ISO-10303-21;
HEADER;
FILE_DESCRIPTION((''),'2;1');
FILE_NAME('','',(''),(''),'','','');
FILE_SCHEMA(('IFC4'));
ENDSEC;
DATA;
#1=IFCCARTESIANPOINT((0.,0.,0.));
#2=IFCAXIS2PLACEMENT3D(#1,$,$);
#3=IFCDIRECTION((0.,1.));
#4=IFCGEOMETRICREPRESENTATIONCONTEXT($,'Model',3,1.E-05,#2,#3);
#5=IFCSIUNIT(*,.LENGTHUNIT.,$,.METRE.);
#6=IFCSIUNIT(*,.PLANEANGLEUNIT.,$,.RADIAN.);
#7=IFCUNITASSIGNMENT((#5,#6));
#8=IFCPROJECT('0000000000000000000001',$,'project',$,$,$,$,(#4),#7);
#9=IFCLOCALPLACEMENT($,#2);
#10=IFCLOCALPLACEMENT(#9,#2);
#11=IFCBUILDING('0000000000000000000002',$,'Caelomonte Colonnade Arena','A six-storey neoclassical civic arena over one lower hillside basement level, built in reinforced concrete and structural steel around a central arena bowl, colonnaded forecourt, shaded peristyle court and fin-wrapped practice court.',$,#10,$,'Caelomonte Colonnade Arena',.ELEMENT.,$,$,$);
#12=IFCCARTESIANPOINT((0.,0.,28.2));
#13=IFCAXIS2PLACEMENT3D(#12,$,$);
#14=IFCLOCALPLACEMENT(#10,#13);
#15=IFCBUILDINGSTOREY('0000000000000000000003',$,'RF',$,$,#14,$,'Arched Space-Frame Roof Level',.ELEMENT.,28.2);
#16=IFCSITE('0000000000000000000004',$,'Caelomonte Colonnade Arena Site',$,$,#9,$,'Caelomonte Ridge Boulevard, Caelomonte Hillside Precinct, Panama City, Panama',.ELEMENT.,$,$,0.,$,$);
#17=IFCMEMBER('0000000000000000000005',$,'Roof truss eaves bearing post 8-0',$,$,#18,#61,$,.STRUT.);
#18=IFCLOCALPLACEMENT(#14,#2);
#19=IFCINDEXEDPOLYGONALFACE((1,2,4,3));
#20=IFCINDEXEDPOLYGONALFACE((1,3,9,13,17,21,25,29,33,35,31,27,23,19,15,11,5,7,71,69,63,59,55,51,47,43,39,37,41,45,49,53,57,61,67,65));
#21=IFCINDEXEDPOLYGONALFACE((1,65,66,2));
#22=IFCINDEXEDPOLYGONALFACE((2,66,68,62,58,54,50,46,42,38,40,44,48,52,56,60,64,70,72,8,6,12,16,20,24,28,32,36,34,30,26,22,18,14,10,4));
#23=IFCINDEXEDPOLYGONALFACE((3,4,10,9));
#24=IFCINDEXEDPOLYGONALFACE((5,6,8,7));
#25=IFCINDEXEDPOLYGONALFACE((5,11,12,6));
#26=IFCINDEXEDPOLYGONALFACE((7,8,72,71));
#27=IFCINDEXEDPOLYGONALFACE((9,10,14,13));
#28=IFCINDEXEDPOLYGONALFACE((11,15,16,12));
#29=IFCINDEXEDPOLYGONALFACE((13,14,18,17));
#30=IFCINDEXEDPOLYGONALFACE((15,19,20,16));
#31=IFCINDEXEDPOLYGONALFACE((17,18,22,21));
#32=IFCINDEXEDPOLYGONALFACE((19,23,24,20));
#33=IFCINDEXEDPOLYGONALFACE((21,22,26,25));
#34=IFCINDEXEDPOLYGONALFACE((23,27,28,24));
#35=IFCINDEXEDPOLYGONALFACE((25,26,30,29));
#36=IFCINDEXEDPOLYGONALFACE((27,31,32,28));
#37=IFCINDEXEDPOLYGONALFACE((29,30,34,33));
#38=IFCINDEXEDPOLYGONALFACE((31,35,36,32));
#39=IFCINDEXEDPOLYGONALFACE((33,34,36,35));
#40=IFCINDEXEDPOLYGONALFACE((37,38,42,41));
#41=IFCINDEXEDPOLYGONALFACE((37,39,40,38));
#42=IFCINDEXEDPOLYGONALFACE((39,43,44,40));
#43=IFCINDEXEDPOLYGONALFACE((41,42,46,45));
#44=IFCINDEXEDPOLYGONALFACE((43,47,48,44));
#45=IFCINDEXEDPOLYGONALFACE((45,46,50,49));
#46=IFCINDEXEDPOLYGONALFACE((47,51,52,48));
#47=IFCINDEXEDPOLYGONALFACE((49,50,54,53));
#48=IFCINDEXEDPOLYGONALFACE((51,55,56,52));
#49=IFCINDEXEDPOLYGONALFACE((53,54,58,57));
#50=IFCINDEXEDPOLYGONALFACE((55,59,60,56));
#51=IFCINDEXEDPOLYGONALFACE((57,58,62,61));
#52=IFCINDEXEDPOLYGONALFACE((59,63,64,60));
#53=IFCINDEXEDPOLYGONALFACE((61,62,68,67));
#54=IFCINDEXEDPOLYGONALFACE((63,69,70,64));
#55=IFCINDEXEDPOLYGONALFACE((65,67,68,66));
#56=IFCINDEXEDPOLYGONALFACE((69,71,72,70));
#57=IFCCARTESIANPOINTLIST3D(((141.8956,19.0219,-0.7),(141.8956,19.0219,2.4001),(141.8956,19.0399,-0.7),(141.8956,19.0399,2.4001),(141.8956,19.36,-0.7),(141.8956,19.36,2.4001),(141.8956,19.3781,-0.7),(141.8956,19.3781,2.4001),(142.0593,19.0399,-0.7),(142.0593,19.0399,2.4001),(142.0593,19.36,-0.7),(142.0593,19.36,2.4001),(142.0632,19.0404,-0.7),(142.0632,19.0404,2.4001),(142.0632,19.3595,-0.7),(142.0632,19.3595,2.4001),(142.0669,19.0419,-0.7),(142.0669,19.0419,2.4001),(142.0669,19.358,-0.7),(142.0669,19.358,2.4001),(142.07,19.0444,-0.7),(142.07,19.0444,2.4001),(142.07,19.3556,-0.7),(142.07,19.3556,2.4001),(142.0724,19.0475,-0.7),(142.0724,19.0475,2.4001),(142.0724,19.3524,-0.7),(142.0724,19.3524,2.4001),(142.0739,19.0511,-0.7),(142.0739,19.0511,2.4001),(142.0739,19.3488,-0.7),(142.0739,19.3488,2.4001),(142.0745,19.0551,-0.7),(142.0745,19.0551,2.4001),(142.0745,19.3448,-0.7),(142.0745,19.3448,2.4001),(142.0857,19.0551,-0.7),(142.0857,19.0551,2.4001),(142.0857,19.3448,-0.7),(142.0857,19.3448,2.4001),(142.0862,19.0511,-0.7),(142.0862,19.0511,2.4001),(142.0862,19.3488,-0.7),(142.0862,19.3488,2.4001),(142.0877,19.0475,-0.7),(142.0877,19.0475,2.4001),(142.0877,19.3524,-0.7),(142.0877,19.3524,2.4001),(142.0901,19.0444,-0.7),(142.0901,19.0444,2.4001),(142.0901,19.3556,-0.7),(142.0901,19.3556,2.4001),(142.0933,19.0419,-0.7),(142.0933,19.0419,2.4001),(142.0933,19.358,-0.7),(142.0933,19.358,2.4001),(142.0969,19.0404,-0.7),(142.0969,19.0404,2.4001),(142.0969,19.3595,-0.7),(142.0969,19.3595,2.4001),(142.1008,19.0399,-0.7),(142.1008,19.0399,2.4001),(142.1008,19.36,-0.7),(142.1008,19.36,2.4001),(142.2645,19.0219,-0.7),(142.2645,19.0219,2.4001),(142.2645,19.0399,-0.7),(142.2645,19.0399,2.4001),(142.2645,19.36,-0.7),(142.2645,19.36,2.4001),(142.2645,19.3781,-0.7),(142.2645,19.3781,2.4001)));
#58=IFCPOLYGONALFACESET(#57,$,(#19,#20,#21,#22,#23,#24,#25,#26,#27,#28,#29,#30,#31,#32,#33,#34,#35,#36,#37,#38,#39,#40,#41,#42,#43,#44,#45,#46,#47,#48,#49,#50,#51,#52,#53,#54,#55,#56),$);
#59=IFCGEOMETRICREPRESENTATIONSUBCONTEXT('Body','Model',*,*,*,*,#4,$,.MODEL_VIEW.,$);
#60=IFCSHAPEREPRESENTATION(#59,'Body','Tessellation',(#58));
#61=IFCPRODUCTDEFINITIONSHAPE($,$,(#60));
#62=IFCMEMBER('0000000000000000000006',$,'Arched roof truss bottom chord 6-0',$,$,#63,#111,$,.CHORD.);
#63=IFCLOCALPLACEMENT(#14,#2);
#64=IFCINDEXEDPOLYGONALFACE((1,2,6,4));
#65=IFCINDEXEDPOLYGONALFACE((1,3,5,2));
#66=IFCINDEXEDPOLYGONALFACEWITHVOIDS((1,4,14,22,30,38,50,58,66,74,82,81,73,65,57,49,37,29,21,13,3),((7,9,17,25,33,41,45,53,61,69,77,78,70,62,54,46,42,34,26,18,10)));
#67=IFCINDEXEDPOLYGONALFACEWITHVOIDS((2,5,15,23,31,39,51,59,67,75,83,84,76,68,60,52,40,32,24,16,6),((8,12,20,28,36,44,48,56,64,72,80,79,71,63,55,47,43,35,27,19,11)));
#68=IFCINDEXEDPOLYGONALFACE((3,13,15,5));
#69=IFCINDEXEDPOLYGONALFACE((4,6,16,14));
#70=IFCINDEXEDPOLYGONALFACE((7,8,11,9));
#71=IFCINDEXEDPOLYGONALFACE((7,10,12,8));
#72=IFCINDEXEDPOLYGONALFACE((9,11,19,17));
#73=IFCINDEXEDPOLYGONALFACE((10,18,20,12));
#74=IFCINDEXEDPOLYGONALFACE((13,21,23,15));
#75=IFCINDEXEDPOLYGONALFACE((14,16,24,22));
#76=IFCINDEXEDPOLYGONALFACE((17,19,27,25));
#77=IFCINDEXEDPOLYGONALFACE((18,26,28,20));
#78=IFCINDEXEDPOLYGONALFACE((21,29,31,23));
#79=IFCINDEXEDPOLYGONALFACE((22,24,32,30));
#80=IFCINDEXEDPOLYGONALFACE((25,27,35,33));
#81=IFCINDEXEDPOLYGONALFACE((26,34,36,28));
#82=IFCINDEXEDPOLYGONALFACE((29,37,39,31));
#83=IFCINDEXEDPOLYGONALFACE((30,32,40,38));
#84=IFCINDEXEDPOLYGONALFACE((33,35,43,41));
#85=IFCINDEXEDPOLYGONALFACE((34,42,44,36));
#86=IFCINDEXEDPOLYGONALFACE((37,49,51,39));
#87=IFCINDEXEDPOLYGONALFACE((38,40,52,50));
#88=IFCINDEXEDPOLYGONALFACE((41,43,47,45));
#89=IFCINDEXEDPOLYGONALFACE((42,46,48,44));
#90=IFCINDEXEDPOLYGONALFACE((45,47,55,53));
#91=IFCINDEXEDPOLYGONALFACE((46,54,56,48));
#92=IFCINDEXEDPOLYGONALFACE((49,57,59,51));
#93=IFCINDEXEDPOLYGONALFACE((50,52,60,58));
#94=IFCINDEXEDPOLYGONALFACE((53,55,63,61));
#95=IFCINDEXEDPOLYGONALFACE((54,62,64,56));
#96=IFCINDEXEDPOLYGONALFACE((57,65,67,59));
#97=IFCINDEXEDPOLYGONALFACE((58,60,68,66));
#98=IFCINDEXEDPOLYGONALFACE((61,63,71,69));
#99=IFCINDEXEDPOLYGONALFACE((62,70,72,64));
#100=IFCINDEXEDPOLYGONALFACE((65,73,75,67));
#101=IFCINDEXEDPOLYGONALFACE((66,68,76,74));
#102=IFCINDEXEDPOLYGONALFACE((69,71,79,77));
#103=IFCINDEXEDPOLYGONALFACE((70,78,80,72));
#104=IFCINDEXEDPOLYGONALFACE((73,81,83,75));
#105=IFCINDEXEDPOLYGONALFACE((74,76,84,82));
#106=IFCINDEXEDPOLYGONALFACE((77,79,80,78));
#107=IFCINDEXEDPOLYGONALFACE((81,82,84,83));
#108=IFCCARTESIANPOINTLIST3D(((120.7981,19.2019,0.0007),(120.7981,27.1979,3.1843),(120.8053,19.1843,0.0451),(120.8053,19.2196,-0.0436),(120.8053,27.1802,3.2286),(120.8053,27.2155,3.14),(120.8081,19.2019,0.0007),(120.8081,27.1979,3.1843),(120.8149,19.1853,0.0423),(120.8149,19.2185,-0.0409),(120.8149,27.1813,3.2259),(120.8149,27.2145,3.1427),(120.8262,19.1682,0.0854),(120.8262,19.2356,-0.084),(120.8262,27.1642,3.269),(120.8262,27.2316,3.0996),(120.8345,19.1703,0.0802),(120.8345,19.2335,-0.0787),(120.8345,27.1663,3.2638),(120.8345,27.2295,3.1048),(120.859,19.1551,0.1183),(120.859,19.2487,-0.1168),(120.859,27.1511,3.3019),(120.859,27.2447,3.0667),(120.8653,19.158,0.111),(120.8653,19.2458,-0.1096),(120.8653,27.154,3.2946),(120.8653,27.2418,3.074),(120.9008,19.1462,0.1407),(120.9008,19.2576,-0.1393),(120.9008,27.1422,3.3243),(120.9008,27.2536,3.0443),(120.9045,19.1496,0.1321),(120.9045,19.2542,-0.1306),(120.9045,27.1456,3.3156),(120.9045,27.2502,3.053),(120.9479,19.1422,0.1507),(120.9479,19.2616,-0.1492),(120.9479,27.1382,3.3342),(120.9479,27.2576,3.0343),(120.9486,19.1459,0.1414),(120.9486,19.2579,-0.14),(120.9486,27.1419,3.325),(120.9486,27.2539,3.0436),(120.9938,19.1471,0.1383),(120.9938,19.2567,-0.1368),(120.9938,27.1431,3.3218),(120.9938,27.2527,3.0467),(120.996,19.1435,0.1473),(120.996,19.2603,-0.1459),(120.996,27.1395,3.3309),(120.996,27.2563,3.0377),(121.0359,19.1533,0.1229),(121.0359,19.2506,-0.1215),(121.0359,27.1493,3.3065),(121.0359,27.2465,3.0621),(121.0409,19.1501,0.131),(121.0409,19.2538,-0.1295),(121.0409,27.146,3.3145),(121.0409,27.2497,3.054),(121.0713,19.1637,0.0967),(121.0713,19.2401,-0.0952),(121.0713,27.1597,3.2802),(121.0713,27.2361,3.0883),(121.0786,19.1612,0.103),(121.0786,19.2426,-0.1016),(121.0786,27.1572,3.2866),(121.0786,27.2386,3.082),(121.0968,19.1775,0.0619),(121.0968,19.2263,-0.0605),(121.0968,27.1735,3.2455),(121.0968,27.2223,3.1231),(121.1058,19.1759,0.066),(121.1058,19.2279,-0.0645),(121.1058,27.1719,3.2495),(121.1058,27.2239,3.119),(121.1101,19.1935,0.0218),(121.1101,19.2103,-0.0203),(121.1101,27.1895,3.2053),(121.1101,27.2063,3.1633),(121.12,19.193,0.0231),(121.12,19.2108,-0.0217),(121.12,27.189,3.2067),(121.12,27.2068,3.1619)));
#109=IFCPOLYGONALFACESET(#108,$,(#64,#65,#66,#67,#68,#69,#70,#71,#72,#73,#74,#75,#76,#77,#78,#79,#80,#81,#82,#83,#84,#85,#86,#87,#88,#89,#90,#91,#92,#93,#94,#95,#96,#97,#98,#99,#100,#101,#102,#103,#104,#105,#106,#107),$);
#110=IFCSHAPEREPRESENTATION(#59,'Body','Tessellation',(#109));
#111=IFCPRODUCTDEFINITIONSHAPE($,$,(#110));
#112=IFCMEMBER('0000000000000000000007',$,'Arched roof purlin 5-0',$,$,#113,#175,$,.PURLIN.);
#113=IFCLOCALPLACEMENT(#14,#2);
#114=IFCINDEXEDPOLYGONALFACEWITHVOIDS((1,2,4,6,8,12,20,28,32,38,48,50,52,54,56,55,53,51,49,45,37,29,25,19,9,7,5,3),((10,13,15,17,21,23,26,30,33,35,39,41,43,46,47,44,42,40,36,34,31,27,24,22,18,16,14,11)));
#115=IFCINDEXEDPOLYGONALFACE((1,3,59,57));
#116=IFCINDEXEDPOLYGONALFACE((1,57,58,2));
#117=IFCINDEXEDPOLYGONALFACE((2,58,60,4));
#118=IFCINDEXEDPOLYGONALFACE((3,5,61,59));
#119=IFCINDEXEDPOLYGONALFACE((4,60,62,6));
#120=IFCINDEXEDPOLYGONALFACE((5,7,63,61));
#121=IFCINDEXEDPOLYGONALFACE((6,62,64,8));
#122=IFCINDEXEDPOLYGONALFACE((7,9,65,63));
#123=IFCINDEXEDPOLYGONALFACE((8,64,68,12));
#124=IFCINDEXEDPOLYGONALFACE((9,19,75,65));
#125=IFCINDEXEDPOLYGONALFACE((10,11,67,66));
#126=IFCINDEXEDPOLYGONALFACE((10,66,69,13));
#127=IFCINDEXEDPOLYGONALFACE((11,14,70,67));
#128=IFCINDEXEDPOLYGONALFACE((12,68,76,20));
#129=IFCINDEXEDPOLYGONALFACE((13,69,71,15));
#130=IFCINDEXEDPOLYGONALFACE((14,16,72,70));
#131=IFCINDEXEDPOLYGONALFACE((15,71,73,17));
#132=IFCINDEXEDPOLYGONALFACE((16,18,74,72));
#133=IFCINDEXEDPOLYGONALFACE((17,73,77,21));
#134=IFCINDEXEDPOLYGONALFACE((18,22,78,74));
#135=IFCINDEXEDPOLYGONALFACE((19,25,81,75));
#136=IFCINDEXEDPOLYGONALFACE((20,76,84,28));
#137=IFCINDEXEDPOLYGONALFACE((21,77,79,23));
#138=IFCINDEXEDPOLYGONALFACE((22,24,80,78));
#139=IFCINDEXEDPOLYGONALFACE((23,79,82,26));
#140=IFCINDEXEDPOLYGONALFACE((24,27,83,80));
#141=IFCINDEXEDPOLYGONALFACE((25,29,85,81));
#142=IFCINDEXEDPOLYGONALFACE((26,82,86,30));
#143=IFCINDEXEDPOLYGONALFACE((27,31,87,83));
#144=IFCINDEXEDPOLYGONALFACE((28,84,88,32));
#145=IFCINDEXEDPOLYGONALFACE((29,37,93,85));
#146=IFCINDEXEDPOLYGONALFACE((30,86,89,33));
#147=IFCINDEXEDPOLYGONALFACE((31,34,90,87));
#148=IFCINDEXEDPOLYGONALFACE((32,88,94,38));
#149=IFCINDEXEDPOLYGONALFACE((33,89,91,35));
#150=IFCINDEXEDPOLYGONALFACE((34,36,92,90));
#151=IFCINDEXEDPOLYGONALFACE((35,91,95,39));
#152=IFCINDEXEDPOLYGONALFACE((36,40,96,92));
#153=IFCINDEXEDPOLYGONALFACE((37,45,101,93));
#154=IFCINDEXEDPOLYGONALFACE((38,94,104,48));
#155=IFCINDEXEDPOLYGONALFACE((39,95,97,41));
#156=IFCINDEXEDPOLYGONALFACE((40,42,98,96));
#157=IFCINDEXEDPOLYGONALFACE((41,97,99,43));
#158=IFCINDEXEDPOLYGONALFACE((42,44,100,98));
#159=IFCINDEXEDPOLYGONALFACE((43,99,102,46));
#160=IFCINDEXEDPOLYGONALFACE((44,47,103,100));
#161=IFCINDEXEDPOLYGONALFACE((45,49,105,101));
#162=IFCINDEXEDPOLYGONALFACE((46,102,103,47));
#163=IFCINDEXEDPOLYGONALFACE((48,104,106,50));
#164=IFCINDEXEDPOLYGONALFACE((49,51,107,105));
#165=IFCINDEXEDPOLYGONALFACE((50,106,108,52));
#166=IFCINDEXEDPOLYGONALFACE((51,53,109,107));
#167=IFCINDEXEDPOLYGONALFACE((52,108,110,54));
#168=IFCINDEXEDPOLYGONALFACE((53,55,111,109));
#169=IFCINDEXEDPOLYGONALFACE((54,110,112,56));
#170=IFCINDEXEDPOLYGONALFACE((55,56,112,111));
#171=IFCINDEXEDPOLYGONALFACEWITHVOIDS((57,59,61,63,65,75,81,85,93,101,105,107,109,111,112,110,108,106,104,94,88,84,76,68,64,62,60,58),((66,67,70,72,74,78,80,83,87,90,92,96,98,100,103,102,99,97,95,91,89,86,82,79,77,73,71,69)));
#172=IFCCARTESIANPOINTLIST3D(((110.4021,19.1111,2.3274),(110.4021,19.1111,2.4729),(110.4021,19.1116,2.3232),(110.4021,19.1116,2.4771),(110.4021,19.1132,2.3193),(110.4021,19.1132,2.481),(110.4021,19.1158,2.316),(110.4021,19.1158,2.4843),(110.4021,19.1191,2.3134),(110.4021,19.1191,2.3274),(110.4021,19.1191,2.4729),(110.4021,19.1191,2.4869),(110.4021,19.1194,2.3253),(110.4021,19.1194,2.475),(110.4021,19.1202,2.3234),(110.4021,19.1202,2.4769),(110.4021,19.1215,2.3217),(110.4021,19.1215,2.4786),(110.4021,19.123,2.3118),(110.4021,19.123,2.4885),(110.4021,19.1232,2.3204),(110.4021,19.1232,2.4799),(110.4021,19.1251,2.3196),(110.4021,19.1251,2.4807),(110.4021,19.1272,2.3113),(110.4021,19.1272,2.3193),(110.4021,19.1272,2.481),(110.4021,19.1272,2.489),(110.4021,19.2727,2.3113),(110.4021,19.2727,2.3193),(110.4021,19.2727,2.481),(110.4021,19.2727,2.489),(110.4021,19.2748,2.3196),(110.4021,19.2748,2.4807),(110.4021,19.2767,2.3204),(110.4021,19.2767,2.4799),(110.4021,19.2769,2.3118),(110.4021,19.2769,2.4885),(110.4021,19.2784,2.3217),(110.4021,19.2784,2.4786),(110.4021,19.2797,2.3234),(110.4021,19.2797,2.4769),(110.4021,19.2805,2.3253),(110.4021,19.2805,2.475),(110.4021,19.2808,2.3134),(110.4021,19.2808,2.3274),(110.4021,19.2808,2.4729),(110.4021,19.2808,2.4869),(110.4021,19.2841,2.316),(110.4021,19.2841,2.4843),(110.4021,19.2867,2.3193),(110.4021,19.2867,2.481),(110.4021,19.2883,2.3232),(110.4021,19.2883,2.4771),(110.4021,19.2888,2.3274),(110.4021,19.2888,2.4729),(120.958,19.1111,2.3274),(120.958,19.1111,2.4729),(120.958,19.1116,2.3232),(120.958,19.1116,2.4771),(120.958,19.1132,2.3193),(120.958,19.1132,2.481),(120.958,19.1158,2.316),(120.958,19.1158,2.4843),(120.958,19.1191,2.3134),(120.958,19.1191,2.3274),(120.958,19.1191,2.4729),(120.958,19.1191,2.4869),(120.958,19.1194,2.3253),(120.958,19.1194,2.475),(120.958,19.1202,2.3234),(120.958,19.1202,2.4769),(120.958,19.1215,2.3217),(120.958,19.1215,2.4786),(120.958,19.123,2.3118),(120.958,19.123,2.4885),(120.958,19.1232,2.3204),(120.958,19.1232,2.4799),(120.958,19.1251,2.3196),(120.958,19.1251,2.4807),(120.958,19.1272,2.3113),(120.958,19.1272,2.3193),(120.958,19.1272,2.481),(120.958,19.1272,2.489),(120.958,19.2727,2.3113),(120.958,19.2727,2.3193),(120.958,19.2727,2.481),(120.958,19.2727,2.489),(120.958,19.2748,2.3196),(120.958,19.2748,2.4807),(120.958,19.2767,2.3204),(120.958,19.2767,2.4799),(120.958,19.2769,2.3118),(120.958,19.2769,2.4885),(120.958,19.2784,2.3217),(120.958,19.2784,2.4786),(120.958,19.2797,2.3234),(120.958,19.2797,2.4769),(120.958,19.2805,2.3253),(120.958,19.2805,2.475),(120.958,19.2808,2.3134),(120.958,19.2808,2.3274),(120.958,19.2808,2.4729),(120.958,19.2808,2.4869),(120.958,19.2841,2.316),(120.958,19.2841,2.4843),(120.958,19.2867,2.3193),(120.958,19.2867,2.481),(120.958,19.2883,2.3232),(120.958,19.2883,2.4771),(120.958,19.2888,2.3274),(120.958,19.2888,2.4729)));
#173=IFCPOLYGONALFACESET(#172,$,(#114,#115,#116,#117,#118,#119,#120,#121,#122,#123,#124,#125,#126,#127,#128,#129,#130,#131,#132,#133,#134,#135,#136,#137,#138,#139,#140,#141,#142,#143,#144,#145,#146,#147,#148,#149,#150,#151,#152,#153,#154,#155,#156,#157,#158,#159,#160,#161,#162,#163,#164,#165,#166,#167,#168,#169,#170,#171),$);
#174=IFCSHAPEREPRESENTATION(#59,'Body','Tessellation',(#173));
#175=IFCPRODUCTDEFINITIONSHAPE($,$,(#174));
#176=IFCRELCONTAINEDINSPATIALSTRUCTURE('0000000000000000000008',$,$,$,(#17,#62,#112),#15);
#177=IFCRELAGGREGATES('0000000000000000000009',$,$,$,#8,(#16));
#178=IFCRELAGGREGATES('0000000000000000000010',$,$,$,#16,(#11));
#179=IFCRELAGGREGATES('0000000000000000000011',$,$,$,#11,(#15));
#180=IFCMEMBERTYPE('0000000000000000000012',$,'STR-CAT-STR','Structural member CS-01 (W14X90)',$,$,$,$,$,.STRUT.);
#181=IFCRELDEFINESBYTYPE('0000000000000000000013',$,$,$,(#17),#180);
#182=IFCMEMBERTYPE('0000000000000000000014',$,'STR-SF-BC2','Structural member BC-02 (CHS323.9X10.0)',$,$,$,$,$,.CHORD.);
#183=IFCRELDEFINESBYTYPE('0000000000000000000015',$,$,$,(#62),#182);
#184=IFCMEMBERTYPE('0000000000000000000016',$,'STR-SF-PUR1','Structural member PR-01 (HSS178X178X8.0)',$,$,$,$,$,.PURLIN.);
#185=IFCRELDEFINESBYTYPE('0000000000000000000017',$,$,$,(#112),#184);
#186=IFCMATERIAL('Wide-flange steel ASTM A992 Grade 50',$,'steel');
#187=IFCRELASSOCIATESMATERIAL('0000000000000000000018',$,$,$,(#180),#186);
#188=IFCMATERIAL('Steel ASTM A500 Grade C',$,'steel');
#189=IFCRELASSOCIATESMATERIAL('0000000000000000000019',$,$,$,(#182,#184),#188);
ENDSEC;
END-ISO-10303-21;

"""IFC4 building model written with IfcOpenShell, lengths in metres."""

from ifc_helpers import new_model, si_unit, direction, frame, origin, origin_2d, place, context, subcontext, project, spatial, hollow_rectangle, hollow_circle, i_section, extrude, material, material_profile, profile_set, type_object, element, save


model = new_model("IFC4")

# Units and contexts
model_context = context("Model", 3, precision=1e-05, world=origin(), true_north=direction((0.0, 1.0)))
body_context = subcontext(model_context, "Body", "Model", "MODEL_VIEW")
ifc_project = project(units=[si_unit("LENGTHUNIT", "METRE"), si_unit("PLANEANGLEUNIT", "RADIAN")], contexts=[model_context])

# Site, building, storey
site_placement = place(None, origin())
site = spatial("IfcSite", under=ifc_project, at=site_placement, Name="Caelomonte Colonnade Arena Site", LongName="Caelomonte Ridge Boulevard, Caelomonte Hillside Precinct, Panama City, Panama", CompositionType="ELEMENT", RefElevation=0.0)
building_placement = place(site_placement, origin())
building = spatial("IfcBuilding", under=site, at=building_placement, Name="Caelomonte Colonnade Arena", Description="A six-storey neoclassical civic arena over one lower hillside basement level, built in reinforced concrete and structural steel around a central arena bowl, colonnaded forecourt, shaded peristyle court and fin-wrapped practice court.", LongName="Caelomonte Colonnade Arena", CompositionType="ELEMENT")
storey_placement = place(building_placement, frame((0.0, 0.0, 28.2)))
storey = spatial("IfcBuildingStorey", under=building, at=storey_placement, Name="RF", LongName="Arched Space-Frame Roof Level", CompositionType="ELEMENT", Elevation=28.2)

# Shared definitions
ifc_material_1 = material(Name="Wide-flange steel ASTM A992 Grade 50", Category="steel")

# Members
ifc_material_profile_1 = material_profile(ifc_material_1, i_section(OverallWidth=0.3689, OverallDepth=0.3562, WebThickness=0.0112, FlangeThickness=0.0181, FilletRadius=0.0151, at=origin_2d()), Name="W14X90")
ifc_profile_set_1 = profile_set([ifc_material_profile_1], Name="Wide-flange steel ASTM A992 Grade 50")
member_type_1 = type_object("IfcMemberType", Name="STR-CAT-STR", Description="Structural member CS-01 (W14X90)", PredefinedType="STRUT", material=ifc_profile_set_1)
for number, where, z_axis, x_axis, name in (
    (1, (142.0801, 19.2, -0.7), (0.0, 0.0, 1.0), (1.0, 0.0, 0.0), "Roof truss eaves bearing post 8-0"),
):
    element("IfcMember", number, at=place(storey_placement, frame(where, z_axis=z_axis, x_axis=x_axis)), inside=storey, type_object=member_type_1, Name=name, PredefinedType="STRUT", context=body_context, shape_type="SweptSolid", body=[
        extrude(i_section(OverallWidth=0.3689, OverallDepth=0.3562, WebThickness=0.0112, FlangeThickness=0.0181, FilletRadius=0.0151, at=origin_2d()), origin(), (0.0, 0.0, 1.0), 3.1001),
    ])
ifc_material_2 = material(Name="Steel ASTM A500 Grade C", Category="steel")
ifc_material_profile_2 = material_profile(ifc_material_2, hollow_circle(Radius=0.1619, WallThickness=0.01, at=origin_2d()), Name="CHS323.9X10.0")
ifc_profile_set_2 = profile_set([ifc_material_profile_2], Name="Steel ASTM A500 Grade C")
member_type_2 = type_object("IfcMemberType", Name="STR-SF-BC2", Description="Structural member BC-02 (CHS323.9X10.0)", PredefinedType="CHORD", material=ifc_profile_set_2)
member_1_placement = place(storey_placement, frame((120.96, 19.2019, 0.0007), z_axis=(0.0, 0.92907, 0.369903), x_axis=(-1.0, 0.0, 0.0)))
element("IfcMember", 2, at=member_1_placement, inside=storey, type_object=member_type_2, Name="Arched roof truss bottom chord 6-0", PredefinedType="CHORD", context=body_context, shape_type="SweptSolid", body=[
    extrude(hollow_circle(Radius=0.1619, WallThickness=0.01, at=origin_2d()), origin(), (0.0, 0.0, 1.0), 8.6064),
])
ifc_material_profile_3 = material_profile(ifc_material_2, hollow_rectangle(XDim=0.1777, YDim=0.1777, WallThickness=0.0081, InnerFilletRadius=0.0081, OuterFilletRadius=0.0161, at=origin_2d()), Name="HSS178X178X8.0")
ifc_profile_set_3 = profile_set([ifc_material_profile_3], Name="Steel ASTM A500 Grade C")
member_type_3 = type_object("IfcMemberType", Name="STR-SF-PUR1", Description="Structural member PR-01 (HSS178X178X8.0)", PredefinedType="PURLIN", material=ifc_profile_set_3)
member_2_placement = place(storey_placement, frame((110.4021, 19.2, 2.4001), z_axis=(1.0, 0.0, 0.0), x_axis=(0.0, 1.0, 0.0)))
element("IfcMember", 3, at=member_2_placement, inside=storey, type_object=member_type_3, Name="Arched roof purlin 5-0", PredefinedType="PURLIN", context=body_context, shape_type="SweptSolid", body=[
    extrude(hollow_rectangle(XDim=0.1777, YDim=0.1777, WallThickness=0.0081, InnerFilletRadius=0.0081, OuterFilletRadius=0.0161, at=origin_2d()), origin(), (0.0, 0.0, 1.0), 10.5559),
])

save(model, "model.ifc")
